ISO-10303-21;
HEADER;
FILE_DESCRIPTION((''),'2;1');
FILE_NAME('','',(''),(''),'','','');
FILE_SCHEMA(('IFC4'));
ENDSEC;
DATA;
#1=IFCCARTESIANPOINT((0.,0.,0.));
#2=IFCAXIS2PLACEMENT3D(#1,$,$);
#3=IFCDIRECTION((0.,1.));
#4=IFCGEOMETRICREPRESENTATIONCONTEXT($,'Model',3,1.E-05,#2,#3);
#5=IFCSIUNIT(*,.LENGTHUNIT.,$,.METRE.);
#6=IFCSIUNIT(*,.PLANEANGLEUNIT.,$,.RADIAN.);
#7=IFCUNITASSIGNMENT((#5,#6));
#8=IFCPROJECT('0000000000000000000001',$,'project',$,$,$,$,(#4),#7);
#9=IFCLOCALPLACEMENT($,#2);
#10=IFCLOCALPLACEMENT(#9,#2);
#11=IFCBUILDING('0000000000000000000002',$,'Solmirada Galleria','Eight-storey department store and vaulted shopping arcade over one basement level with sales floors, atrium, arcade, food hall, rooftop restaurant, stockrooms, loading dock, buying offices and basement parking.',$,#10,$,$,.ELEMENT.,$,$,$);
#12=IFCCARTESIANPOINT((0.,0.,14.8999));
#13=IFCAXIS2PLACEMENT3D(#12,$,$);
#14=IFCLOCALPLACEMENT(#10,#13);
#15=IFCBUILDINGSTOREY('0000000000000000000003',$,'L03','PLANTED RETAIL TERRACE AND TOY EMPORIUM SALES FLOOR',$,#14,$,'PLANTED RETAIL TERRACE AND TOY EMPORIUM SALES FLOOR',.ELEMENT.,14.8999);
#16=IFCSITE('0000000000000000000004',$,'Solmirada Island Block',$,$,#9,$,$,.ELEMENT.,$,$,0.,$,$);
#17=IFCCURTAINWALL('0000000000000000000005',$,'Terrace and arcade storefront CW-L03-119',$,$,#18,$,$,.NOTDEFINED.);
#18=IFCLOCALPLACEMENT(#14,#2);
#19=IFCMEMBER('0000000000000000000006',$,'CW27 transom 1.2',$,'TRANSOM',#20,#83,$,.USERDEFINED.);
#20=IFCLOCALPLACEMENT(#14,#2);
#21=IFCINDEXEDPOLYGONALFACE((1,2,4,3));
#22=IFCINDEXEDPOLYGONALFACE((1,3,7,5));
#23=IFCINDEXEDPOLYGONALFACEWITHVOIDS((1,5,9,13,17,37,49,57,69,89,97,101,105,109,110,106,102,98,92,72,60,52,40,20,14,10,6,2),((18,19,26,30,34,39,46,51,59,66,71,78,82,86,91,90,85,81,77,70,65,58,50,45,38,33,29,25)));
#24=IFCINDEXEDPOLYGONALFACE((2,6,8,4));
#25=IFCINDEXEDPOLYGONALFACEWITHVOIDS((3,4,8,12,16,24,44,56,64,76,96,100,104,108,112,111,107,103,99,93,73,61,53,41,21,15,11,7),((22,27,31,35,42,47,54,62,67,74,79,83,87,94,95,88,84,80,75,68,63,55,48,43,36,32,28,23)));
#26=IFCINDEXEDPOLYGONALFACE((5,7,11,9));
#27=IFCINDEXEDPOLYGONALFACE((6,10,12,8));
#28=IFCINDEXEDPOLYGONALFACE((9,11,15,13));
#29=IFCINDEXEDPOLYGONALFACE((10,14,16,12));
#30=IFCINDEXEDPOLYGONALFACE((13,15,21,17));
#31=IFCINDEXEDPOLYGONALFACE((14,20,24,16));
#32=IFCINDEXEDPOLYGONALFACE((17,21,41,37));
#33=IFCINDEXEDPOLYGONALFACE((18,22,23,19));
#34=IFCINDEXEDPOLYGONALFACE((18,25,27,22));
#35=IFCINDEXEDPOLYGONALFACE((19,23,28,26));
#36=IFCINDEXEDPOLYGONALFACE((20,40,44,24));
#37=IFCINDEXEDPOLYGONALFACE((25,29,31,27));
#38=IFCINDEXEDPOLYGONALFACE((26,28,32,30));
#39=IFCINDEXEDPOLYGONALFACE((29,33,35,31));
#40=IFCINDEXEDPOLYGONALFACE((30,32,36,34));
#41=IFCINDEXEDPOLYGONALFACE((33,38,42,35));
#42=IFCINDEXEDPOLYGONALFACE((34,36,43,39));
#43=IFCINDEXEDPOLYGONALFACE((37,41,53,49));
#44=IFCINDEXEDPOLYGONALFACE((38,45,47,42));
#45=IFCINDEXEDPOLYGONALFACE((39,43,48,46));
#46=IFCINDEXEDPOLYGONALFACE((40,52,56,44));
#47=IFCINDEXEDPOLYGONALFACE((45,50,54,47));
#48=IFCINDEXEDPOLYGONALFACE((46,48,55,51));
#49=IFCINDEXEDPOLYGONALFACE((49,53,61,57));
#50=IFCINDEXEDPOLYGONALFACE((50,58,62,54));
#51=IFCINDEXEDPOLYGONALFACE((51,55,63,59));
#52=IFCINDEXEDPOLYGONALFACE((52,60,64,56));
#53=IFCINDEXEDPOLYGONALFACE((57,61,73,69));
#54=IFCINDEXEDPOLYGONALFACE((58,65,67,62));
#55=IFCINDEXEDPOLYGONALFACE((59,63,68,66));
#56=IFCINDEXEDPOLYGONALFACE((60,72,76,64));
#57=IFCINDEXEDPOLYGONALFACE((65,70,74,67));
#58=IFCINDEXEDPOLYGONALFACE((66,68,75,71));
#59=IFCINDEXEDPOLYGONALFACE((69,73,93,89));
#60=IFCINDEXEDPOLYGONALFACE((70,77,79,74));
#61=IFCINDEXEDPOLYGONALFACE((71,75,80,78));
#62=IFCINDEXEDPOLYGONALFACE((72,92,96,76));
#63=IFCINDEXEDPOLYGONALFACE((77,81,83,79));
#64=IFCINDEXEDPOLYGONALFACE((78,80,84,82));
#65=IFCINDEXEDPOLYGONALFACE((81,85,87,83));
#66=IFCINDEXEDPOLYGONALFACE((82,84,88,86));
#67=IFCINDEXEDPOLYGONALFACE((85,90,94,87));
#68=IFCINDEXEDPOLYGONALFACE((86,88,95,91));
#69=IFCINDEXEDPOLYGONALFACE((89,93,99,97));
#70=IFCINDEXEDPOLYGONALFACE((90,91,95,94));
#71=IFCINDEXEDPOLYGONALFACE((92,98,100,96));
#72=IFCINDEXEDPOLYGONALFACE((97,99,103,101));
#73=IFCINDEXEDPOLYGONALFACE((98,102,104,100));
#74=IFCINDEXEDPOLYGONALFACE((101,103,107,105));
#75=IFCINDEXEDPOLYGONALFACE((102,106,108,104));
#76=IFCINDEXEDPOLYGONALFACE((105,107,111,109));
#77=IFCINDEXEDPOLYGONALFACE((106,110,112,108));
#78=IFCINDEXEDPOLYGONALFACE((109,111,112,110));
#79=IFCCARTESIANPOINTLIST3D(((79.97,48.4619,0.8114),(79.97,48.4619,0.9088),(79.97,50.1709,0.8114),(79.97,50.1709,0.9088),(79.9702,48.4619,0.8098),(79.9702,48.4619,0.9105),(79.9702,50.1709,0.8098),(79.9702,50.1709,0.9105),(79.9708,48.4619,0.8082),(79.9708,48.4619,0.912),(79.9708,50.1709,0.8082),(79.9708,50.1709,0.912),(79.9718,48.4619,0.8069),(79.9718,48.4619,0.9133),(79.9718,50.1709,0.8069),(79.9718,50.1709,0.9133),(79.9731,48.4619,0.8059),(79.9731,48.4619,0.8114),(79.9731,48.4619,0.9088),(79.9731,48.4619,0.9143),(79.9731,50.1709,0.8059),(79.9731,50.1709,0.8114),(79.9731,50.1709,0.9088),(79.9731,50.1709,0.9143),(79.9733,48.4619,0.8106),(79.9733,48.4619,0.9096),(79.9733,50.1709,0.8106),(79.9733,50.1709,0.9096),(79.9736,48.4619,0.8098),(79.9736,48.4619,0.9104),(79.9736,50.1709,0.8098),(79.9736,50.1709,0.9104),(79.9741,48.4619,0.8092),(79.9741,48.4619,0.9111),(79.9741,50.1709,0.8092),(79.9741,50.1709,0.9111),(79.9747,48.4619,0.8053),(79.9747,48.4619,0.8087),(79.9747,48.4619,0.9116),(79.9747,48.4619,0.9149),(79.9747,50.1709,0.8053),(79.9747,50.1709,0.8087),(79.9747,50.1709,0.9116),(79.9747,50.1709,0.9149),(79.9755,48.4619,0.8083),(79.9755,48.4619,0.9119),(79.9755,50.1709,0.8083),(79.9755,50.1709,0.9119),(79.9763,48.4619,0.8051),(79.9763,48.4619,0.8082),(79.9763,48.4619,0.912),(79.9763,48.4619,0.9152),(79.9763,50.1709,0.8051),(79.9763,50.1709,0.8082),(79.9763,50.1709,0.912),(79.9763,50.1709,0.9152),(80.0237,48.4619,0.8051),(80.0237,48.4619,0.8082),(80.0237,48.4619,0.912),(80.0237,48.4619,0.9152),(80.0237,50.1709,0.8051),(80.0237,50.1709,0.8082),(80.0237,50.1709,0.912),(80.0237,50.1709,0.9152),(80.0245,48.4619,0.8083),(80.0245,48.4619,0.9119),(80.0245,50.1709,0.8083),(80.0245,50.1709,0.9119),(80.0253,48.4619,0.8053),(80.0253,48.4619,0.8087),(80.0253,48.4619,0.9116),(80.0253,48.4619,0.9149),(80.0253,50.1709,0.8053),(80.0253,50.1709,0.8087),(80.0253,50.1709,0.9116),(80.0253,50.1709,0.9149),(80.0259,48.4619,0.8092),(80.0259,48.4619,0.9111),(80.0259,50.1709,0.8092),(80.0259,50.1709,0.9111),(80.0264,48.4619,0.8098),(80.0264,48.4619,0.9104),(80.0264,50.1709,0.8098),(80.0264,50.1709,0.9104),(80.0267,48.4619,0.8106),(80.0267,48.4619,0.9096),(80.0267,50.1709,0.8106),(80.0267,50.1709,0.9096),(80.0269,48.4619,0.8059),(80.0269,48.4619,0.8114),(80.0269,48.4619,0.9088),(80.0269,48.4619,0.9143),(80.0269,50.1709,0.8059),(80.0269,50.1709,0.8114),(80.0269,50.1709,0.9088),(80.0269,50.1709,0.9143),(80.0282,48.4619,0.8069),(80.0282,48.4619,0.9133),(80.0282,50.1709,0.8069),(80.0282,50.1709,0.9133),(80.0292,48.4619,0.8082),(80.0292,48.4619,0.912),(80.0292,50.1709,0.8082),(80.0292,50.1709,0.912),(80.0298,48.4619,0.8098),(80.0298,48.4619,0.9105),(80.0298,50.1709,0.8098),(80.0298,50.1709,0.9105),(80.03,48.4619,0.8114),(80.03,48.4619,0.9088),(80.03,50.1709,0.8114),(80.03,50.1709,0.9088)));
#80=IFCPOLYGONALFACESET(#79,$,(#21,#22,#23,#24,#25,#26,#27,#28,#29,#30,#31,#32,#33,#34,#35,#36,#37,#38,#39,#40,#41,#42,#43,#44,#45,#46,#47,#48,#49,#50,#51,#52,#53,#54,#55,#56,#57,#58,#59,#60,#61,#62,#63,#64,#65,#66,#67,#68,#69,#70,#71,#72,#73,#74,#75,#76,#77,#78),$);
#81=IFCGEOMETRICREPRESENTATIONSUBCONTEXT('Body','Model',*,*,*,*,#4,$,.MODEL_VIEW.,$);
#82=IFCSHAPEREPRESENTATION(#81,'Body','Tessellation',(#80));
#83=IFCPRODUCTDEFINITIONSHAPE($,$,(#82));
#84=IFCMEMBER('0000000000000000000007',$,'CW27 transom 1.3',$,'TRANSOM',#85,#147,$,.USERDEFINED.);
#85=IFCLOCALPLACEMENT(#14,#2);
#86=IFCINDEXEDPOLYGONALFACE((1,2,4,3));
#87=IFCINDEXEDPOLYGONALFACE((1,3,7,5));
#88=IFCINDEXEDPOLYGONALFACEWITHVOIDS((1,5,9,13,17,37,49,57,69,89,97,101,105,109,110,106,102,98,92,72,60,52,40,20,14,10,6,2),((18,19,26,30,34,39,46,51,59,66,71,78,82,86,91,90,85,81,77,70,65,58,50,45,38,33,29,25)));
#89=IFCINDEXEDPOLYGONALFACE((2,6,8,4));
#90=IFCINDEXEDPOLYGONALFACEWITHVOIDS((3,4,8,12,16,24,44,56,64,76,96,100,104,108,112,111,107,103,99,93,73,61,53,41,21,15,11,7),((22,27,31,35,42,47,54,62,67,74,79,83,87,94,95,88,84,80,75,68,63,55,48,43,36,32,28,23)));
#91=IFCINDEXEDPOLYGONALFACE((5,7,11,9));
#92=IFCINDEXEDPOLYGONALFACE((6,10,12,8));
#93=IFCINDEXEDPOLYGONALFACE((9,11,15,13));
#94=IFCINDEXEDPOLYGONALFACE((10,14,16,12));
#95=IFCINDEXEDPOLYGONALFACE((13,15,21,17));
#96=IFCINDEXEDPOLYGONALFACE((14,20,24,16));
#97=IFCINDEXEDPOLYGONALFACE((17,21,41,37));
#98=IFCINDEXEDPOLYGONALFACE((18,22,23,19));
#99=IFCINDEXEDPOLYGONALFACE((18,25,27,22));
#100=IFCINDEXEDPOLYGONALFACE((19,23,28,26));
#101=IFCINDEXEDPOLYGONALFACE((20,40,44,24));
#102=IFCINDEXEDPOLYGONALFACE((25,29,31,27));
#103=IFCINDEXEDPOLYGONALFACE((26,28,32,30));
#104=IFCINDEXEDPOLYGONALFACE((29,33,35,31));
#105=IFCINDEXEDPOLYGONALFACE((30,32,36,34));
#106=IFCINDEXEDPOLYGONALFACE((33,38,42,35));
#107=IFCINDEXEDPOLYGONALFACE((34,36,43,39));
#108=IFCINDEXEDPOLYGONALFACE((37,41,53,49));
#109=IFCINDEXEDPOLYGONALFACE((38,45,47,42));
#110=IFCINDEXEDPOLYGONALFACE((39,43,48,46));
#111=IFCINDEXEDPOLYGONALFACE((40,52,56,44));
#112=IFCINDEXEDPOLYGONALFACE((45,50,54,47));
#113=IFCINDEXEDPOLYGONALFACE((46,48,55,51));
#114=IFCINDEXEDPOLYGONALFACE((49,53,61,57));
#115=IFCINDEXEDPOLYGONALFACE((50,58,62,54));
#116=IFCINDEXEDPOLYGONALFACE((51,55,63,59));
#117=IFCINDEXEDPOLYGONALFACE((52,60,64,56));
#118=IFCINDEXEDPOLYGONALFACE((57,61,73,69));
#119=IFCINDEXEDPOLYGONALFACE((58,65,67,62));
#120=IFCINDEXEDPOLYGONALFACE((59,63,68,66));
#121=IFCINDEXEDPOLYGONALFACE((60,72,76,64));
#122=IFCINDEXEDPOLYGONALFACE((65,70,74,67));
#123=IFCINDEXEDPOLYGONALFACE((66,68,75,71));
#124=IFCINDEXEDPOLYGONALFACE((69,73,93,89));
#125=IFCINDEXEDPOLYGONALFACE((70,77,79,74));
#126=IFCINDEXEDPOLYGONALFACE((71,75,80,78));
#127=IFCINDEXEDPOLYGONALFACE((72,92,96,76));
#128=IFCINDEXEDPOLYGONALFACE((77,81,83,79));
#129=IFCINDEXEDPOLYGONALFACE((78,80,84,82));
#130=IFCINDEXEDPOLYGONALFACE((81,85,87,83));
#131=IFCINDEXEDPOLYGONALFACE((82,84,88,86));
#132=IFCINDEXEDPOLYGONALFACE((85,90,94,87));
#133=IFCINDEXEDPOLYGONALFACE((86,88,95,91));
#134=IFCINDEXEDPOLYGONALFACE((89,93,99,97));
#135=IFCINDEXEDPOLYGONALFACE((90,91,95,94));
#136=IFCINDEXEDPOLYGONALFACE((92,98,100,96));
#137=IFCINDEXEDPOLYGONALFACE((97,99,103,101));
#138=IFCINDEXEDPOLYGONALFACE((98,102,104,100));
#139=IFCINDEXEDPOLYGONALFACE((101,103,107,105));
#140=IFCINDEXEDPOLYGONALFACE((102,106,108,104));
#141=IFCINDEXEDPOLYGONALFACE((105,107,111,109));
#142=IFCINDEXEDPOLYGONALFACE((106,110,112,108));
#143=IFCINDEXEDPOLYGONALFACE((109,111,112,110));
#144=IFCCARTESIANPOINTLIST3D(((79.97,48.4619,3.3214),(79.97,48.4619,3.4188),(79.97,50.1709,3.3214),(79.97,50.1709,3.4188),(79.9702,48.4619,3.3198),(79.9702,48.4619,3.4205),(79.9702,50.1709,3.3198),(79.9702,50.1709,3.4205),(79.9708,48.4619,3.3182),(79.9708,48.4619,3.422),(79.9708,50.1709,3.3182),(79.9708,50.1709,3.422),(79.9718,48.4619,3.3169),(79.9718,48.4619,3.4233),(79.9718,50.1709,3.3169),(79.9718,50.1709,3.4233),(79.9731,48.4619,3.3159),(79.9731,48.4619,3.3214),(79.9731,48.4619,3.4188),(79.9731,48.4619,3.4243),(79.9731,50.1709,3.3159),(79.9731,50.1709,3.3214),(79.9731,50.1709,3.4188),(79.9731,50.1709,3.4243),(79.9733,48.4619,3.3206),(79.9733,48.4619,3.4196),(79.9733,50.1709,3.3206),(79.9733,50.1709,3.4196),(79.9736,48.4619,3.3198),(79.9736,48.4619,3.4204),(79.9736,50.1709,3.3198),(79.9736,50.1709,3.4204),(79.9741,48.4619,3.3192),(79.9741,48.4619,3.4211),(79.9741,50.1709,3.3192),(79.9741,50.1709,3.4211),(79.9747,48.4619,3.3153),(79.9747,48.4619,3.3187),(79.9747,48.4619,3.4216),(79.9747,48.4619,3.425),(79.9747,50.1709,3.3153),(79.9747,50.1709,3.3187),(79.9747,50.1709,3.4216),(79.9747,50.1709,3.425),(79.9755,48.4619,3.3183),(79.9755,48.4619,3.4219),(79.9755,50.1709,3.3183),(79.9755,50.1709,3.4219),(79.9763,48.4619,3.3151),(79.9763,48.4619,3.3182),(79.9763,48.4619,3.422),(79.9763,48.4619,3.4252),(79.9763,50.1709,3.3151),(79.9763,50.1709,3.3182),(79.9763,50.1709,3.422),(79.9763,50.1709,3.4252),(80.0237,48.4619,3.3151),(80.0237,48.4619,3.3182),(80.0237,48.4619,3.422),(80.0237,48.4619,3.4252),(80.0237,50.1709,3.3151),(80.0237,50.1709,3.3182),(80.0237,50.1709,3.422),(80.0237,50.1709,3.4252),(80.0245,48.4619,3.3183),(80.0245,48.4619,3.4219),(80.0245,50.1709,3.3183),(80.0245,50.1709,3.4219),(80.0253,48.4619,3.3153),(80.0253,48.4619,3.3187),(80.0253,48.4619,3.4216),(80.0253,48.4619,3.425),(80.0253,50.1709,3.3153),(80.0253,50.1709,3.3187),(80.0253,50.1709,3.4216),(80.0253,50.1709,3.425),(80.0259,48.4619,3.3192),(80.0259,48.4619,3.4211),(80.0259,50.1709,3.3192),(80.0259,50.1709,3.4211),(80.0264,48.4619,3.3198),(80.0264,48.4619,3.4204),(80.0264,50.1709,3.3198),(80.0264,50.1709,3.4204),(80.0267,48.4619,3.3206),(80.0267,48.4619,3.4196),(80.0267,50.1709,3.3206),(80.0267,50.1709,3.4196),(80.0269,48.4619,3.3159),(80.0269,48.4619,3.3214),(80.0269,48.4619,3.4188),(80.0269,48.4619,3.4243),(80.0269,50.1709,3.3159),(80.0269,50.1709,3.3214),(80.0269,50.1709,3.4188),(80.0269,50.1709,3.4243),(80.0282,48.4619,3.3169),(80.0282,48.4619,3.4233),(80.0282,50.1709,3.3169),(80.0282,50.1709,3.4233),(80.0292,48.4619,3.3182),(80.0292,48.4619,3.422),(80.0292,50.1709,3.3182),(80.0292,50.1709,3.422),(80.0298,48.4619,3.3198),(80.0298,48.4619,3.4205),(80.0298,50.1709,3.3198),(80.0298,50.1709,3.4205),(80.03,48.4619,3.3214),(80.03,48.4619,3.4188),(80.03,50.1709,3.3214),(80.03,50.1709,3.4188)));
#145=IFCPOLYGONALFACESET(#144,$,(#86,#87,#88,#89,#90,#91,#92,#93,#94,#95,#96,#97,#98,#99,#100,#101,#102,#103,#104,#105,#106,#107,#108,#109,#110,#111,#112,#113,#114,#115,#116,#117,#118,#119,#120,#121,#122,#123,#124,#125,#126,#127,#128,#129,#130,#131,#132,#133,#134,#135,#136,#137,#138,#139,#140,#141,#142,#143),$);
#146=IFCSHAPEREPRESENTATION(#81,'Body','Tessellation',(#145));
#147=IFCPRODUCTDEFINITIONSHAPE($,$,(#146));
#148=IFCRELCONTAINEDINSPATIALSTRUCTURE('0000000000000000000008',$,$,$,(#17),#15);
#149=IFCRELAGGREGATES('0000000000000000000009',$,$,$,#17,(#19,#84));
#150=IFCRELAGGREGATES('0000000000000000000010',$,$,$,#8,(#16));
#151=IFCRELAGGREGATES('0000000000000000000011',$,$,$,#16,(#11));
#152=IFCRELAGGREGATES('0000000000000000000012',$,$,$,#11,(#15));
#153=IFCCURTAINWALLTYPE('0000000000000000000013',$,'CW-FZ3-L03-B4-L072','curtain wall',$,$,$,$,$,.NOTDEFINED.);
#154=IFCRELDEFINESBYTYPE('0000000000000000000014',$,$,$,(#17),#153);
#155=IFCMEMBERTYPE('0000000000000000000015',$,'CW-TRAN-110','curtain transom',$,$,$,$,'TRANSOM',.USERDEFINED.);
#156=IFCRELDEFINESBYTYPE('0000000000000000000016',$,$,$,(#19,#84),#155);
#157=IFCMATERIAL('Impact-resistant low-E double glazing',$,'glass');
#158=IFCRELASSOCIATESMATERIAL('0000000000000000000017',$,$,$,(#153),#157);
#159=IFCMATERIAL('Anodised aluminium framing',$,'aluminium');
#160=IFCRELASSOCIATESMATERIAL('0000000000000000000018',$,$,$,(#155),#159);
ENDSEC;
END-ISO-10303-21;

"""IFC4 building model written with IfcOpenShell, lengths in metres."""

from ifc_helpers import new_model, si_unit, direction, frame, origin, origin_2d, place, context, subcontext, project, spatial, hollow_rectangle, extrude, material, material_profile, profile_set, type_object, element, aggregate, save


model = new_model("IFC4")

# Units and contexts
model_context = context("Model", 3, precision=1e-05, world=origin(), true_north=direction((0.0, 1.0)))
body_context = subcontext(model_context, "Body", "Model", "MODEL_VIEW")
ifc_project = project(units=[si_unit("LENGTHUNIT", "METRE"), si_unit("PLANEANGLEUNIT", "RADIAN")], contexts=[model_context])

# Site, building, storey
site_placement = place(None, origin())
site = spatial("IfcSite", under=ifc_project, at=site_placement, Name="Solmirada Island Block", CompositionType="ELEMENT", RefElevation=0.0)
building_placement = place(site_placement, origin())
building = spatial("IfcBuilding", under=site, at=building_placement, Name="Solmirada Galleria", Description="Eight-storey department store and vaulted shopping arcade over one basement level with sales floors, atrium, arcade, food hall, rooftop restaurant, stockrooms, loading dock, buying offices and basement parking.", CompositionType="ELEMENT")
storey_placement = place(building_placement, frame((0.0, 0.0, 14.8999)))
storey = spatial("IfcBuildingStorey", under=building, at=storey_placement, Name="L03", Description="PLANTED RETAIL TERRACE AND TOY EMPORIUM SALES FLOOR", LongName="PLANTED RETAIL TERRACE AND TOY EMPORIUM SALES FLOOR", CompositionType="ELEMENT", Elevation=14.8999)

# Curtain wall, members
ifc_material_1 = material(Name="Impact-resistant low-E double glazing", Category="glass")
curtain_wall_type = type_object("IfcCurtainWallType", Name="CW-FZ3-L03-B4-L072", Description="curtain wall", PredefinedType="NOTDEFINED", material=ifc_material_1)
curtain_wall_placement = place(storey_placement, origin())
curtain_wall = element("IfcCurtainWall", 1, at=curtain_wall_placement, inside=storey, type_object=curtain_wall_type, Name="Terrace and arcade storefront CW-L03-119", PredefinedType="NOTDEFINED")
ifc_material_2 = material(Name="Anodised aluminium framing", Category="aluminium")
ifc_material_profile_1 = material_profile(ifc_material_2, hollow_rectangle(XDim=0.0601, YDim=0.1101, WallThickness=0.0032, InnerFilletRadius=0.0032, OuterFilletRadius=0.0063, at=origin_2d()), Name="ALU-TRAN-110X60")
ifc_profile_set_1 = profile_set([ifc_material_profile_1], Name="Anodised aluminium framing")
member_type_1 = type_object("IfcMemberType", Name="CW-TRAN-110", Description="curtain transom", ElementType="TRANSOM", PredefinedType="USERDEFINED", material=ifc_profile_set_1)
member_1_placement = place(storey_placement, frame((80.0, 48.4619, 0.8601), z_axis=(0.0, 1.0, 0.0), x_axis=(-1.0, 0.0, 0.0)))
member_1 = element("IfcMember", 2, at=member_1_placement, type_object=member_type_1, Name="CW27 transom 1.2", ObjectType="TRANSOM", PredefinedType="USERDEFINED", context=body_context, shape_type="SweptSolid", body=[
    extrude(hollow_rectangle(XDim=0.0601, YDim=0.1101, WallThickness=0.0032, InnerFilletRadius=0.0032, OuterFilletRadius=0.0063, at=origin_2d()), origin(), (0.0, 0.0, 1.0), 1.709),
])
member_2_placement = place(storey_placement, frame((80.0, 48.4619, 3.3701), z_axis=(0.0, 1.0, 0.0), x_axis=(-1.0, 0.0, 0.0)))
member_2 = element("IfcMember", 3, at=member_2_placement, type_object=member_type_1, Name="CW27 transom 1.3", ObjectType="TRANSOM", PredefinedType="USERDEFINED", context=body_context, shape_type="SweptSolid", body=[
    extrude(hollow_rectangle(XDim=0.0601, YDim=0.1101, WallThickness=0.0032, InnerFilletRadius=0.0032, OuterFilletRadius=0.0063, at=origin_2d()), origin(), (0.0, 0.0, 1.0), 1.709),
])
aggregate(curtain_wall, [member_1, member_2])

save(model, "model.ifc")
